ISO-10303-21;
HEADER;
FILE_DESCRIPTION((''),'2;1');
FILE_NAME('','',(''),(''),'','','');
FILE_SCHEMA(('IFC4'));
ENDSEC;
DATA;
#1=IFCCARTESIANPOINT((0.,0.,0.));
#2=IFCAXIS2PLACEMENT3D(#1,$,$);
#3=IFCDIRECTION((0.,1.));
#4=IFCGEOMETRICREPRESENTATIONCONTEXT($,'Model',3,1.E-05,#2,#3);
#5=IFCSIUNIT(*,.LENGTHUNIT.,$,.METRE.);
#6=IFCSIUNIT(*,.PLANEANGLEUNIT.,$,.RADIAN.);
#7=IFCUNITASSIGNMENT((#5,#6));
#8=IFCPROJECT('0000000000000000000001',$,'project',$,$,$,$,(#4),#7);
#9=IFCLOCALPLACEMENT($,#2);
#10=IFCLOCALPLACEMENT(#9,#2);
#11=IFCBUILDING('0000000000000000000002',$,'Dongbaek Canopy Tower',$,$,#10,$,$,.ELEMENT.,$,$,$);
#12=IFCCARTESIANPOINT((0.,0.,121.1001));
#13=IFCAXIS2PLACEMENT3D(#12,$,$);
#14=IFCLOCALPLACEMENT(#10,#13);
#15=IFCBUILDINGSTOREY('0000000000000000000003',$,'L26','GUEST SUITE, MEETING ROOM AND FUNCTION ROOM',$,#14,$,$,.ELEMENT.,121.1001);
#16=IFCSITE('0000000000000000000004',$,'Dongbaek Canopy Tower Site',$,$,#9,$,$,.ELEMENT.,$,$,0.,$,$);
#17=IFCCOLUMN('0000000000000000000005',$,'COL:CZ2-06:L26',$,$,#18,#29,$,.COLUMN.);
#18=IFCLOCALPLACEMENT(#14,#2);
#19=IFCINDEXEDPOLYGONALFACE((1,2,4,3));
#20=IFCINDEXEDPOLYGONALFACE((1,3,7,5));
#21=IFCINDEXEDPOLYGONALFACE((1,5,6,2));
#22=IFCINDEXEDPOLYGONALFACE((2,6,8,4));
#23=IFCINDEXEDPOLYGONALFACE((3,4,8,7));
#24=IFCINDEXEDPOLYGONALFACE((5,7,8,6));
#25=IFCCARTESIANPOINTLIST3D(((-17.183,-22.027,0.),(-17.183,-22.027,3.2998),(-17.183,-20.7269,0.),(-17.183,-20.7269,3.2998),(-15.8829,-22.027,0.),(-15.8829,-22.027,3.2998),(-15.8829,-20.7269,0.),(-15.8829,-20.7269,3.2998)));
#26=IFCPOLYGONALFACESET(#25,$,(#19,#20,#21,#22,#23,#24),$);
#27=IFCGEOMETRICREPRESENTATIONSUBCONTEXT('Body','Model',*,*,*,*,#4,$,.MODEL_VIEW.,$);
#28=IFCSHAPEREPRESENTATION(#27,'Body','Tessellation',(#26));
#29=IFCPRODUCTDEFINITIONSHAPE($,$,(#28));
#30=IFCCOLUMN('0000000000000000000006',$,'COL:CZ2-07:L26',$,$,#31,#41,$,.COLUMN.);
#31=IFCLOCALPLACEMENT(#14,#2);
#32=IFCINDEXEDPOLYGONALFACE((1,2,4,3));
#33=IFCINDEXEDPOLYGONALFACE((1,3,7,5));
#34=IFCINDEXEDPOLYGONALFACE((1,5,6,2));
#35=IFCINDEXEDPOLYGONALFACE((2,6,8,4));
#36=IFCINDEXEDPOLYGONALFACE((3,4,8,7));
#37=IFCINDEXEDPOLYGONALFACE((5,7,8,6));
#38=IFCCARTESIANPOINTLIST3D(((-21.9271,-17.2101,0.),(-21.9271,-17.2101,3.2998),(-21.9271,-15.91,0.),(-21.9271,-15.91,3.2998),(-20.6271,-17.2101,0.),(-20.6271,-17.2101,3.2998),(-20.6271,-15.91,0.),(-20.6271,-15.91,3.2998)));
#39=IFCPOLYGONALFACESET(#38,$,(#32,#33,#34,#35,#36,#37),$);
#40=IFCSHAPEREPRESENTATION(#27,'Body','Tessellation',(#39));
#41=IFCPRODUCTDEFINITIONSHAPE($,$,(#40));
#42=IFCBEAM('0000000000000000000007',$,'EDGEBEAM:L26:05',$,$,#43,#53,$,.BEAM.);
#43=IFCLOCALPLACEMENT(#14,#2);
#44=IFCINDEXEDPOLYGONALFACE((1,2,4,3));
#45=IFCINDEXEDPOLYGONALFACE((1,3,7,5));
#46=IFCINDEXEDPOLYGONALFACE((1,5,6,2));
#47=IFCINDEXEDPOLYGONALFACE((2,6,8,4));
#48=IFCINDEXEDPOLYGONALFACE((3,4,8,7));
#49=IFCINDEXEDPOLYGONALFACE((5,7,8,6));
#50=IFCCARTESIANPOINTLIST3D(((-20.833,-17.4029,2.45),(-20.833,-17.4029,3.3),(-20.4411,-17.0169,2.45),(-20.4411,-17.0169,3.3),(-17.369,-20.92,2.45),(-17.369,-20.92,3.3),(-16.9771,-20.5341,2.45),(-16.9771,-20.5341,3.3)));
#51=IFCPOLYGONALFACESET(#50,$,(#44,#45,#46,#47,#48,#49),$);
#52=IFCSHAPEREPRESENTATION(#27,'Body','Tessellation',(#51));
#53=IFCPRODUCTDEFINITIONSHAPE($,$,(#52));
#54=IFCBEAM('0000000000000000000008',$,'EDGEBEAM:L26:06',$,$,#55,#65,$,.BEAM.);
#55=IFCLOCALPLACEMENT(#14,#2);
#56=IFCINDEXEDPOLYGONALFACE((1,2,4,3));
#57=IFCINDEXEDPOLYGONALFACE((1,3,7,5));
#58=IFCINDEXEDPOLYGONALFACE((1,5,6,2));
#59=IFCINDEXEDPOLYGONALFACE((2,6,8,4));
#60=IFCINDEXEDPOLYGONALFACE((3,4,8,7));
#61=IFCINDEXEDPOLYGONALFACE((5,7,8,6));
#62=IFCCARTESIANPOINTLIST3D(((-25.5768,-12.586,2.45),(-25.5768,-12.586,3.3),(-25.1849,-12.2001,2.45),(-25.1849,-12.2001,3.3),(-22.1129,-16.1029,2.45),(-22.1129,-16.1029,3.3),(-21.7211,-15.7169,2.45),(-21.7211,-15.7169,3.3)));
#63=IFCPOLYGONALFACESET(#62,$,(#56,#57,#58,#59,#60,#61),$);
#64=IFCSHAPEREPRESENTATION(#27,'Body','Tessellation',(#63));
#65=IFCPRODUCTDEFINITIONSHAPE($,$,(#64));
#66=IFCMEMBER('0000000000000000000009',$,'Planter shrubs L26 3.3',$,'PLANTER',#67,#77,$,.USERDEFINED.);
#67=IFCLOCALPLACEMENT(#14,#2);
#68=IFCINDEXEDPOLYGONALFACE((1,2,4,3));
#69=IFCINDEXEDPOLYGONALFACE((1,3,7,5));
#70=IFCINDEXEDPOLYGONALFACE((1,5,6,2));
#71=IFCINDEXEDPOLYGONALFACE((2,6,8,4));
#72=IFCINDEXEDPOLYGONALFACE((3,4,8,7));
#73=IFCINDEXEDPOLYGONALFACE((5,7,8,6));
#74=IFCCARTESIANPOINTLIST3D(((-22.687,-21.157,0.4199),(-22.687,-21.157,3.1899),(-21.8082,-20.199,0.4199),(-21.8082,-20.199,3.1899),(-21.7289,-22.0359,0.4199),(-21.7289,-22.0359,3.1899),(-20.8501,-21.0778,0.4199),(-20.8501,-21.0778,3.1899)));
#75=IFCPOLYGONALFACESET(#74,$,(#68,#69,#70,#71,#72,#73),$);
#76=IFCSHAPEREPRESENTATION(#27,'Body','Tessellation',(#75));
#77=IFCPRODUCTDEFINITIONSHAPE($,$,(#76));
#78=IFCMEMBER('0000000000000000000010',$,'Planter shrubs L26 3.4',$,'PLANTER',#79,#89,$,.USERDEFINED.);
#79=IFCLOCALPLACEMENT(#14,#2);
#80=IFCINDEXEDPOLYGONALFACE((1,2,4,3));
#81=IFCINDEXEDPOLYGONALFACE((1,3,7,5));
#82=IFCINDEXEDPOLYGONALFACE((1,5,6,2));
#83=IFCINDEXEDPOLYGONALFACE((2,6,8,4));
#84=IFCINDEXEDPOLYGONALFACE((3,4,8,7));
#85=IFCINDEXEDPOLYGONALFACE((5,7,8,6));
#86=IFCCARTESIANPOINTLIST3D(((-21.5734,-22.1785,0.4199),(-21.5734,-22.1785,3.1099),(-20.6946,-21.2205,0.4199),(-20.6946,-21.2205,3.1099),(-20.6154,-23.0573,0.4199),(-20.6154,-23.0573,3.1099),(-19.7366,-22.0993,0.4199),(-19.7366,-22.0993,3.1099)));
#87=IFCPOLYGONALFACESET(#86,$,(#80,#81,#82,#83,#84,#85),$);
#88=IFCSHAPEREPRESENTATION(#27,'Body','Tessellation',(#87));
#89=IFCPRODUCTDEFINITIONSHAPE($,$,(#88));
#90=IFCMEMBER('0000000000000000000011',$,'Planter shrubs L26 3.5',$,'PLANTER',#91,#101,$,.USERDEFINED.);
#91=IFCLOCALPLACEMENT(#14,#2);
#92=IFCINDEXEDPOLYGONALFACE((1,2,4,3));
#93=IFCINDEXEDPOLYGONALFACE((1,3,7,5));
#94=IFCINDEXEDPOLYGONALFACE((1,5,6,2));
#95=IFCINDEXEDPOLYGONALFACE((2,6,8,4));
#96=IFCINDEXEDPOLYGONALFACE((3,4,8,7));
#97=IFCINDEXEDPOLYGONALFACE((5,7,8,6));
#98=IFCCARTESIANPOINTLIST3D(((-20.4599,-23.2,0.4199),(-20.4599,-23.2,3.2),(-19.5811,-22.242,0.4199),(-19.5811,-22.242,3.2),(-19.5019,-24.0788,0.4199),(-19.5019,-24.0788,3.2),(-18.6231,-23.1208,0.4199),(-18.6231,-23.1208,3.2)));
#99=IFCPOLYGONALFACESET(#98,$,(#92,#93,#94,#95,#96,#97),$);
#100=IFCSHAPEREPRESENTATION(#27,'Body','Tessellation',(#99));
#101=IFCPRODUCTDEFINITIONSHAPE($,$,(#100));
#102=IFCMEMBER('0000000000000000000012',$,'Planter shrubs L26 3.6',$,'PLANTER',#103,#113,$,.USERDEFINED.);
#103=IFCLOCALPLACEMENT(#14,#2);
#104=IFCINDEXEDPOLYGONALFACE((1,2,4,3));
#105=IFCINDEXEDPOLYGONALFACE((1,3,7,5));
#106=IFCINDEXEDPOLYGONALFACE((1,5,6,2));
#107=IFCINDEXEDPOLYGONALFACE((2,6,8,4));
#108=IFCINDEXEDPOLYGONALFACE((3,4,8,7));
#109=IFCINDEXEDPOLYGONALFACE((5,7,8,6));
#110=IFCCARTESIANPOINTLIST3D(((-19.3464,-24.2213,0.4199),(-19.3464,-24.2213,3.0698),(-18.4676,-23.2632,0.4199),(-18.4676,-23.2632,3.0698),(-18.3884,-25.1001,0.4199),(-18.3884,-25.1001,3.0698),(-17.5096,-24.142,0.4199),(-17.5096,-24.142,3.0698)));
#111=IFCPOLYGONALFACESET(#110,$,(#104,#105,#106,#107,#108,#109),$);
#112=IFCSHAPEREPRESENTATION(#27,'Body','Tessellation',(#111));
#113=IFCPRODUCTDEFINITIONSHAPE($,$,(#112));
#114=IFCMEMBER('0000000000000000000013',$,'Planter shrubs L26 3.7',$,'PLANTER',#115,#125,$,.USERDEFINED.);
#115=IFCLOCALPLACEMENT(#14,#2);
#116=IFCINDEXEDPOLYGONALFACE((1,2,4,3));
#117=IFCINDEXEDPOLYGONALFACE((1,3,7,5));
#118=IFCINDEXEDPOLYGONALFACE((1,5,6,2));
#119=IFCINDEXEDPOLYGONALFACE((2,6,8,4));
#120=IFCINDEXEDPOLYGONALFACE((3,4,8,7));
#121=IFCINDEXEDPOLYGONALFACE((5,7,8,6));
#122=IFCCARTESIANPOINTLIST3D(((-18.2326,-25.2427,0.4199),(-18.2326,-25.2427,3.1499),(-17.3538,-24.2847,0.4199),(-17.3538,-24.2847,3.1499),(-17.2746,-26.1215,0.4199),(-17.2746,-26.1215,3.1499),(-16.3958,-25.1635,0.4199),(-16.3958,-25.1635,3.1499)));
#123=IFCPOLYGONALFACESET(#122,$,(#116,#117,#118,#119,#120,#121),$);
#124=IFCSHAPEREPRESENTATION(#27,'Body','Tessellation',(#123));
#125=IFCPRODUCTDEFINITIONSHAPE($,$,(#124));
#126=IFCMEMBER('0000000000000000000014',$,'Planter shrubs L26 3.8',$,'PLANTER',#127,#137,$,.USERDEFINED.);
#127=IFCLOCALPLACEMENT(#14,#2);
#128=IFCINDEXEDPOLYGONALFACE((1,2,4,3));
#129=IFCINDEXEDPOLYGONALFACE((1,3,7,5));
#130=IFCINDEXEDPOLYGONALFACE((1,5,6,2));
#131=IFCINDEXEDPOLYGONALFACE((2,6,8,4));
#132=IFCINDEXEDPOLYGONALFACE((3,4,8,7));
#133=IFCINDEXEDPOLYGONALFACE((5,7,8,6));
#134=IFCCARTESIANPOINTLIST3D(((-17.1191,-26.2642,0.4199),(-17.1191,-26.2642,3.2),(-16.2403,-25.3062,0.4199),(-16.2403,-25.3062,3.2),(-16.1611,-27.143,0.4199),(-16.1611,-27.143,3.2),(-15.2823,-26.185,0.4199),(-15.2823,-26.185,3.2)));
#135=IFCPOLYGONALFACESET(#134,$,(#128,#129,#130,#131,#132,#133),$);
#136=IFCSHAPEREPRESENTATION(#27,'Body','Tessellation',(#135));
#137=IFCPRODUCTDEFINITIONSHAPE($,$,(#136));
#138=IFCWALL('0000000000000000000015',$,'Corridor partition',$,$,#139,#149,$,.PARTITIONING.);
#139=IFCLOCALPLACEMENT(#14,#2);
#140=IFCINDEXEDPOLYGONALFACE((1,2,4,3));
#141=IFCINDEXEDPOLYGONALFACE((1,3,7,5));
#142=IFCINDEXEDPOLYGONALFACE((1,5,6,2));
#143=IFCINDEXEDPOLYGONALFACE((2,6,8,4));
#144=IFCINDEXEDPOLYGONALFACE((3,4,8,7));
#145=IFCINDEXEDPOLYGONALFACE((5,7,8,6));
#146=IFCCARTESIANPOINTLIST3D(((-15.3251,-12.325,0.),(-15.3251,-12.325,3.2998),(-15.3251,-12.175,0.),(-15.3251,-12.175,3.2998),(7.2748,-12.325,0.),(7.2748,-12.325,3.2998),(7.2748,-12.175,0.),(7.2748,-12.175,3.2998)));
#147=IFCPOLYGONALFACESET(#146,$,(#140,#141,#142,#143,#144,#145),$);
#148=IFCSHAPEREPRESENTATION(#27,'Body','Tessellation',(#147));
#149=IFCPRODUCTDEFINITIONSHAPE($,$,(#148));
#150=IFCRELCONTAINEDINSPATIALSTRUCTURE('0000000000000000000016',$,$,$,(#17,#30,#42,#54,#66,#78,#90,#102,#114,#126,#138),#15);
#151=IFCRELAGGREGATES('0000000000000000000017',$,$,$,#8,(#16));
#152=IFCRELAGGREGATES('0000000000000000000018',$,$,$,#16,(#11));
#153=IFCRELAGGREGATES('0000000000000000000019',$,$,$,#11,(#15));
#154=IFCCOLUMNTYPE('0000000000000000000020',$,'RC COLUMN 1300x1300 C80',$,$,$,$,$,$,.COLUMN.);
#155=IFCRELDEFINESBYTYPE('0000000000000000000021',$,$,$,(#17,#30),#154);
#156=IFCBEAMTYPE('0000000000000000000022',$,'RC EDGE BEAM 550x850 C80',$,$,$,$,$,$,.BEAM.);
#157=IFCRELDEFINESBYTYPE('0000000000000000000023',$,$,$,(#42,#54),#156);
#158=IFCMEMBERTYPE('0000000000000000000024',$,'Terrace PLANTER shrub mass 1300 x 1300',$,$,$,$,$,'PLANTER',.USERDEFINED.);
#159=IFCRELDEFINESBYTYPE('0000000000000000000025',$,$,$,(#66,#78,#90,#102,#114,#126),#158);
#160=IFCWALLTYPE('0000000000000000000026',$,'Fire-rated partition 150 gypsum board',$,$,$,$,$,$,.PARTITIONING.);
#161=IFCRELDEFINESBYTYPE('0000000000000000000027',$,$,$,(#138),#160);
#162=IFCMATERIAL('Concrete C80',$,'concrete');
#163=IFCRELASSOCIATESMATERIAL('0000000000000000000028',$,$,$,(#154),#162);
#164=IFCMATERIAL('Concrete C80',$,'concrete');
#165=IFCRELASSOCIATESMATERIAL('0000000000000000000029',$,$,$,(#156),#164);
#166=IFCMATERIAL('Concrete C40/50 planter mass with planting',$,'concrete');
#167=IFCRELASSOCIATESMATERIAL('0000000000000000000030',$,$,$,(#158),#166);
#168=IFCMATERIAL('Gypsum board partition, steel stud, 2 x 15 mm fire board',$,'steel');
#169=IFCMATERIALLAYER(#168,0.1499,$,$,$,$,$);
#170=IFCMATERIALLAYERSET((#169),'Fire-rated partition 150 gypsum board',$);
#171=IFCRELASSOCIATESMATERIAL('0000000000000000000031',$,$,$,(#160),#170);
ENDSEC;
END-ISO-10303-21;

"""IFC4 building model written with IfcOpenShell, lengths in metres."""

from ifc_helpers import new_model, si_unit, direction, frame, frame_2d, origin, origin_2d, place, context, subcontext, project, spatial, rectangle, extrude, material, layer, layer_set, material_profile, profile_set, type_object, element, save


model = new_model("IFC4")

# Units and contexts
model_context = context("Model", 3, precision=1e-05, world=origin(), true_north=direction((0.0, 1.0)))
body_context = subcontext(model_context, "Body", "Model", "MODEL_VIEW")
ifc_project = project(units=[si_unit("LENGTHUNIT", "METRE"), si_unit("PLANEANGLEUNIT", "RADIAN")], contexts=[model_context])

# Site, building, storey
site_placement = place(None, origin())
site = spatial("IfcSite", under=ifc_project, at=site_placement, Name="Dongbaek Canopy Tower Site", CompositionType="ELEMENT", RefElevation=0.0)
building_placement = place(site_placement, origin())
building = spatial("IfcBuilding", under=site, at=building_placement, Name="Dongbaek Canopy Tower", CompositionType="ELEMENT")
storey_placement = place(building_placement, frame((0.0, 0.0, 121.1001)))
storey = spatial("IfcBuildingStorey", under=building, at=storey_placement, Name="L26", Description="GUEST SUITE, MEETING ROOM AND FUNCTION ROOM", CompositionType="ELEMENT", Elevation=121.1001)

# Columns
ifc_material_1 = material(Name="Concrete C80", Category="concrete")
ifc_material_profile_1 = material_profile(ifc_material_1, rectangle(XDim=1.3, YDim=1.3, at=origin_2d()), Name="RC COLUMN 1300x1300 C80")
ifc_profile_set_1 = profile_set([ifc_material_profile_1], Name="Concrete C80")
column_type = type_object("IfcColumnType", Name="RC COLUMN 1300x1300 C80", PredefinedType="COLUMN", material=ifc_profile_set_1)
for number, where, z_axis, x_axis, name in (
    (1, (-16.533, -21.377, 0.0), (0.0, 0.0, 1.0), (1.0, 0.0, 0.0), "COL:CZ2-06:L26"),
    (2, (-21.2771, -16.5601, 0.0), (0.0, 0.0, 1.0), (1.0, 0.0, 0.0), "COL:CZ2-07:L26"),
):
    element("IfcColumn", number, at=place(storey_placement, frame(where, z_axis=z_axis, x_axis=x_axis)), inside=storey, type_object=column_type, Name=name, PredefinedType="COLUMN", context=body_context, shape_type="SweptSolid", body=[
        extrude(rectangle(XDim=1.3, YDim=1.3, at=origin_2d()), origin(), (0.0, 0.0, 1.0), 3.2998),
    ])

# Beams
ifc_material_2 = material(Name="Concrete C80", Category="concrete")
ifc_material_profile_2 = material_profile(ifc_material_2, rectangle(XDim=0.55, YDim=0.8501, at=origin_2d()), Name="RC EDGE BEAM 550x850 C80")
ifc_profile_set_2 = profile_set([ifc_material_profile_2], Name="Concrete C80")
beam_type = type_object("IfcBeamType", Name="RC EDGE BEAM 550x850 C80", PredefinedType="BEAM", material=ifc_profile_set_2)
beam_1_placement = place(storey_placement, frame((-17.1731, -20.7271, 2.875), z_axis=(-0.701695, 0.712477, 0.0), x_axis=(-0.712477, -0.701695, 0.0)))
element("IfcBeam", 3, at=beam_1_placement, inside=storey, type_object=beam_type, Name="EDGEBEAM:L26:05", PredefinedType="BEAM", context=body_context, shape_type="SweptSolid", body=[
    extrude(rectangle(XDim=0.55, YDim=0.8501, at=origin_2d()), origin(), (0.0, 0.0, 1.0), 4.9365),
])
beam_2_placement = place(storey_placement, frame((-21.917, -15.9099, 2.875), z_axis=(-0.70172, 0.712453, 0.0), x_axis=(-0.712453, -0.70172, 0.0)))
element("IfcBeam", 4, at=beam_2_placement, inside=storey, type_object=beam_type, Name="EDGEBEAM:L26:06", PredefinedType="BEAM", context=body_context, shape_type="SweptSolid", body=[
    extrude(rectangle(XDim=0.55, YDim=0.8501, at=origin_2d()), origin(), (0.0, 0.0, 1.0), 4.9363),
])

# Members
ifc_material_3 = material(Name="Concrete C40/50 planter mass with planting", Category="concrete")
ifc_material_profile_3 = material_profile(ifc_material_3, rectangle(XDim=1.3, YDim=1.3, at=origin_2d()), Name="Terrace PLANTER shrub mass 1300 x 1300")
ifc_profile_set_3 = profile_set([ifc_material_profile_3], Name="Concrete C40/50 planter mass with planting")
member_type = type_object("IfcMemberType", Name="Terrace PLANTER shrub mass 1300 x 1300", ElementType="PLANTER", PredefinedType="USERDEFINED", material=ifc_profile_set_3)
member_1_placement = place(storey_placement, frame((-21.7686, -21.1174, 0.4199), z_axis=(0.0, 0.0, 1.0), x_axis=(-0.67598, -0.73692, 0.0)))
element("IfcMember", 5, at=member_1_placement, inside=storey, type_object=member_type, Name="Planter shrubs L26 3.3", ObjectType="PLANTER", PredefinedType="USERDEFINED", context=body_context, shape_type="SweptSolid", body=[
    extrude(rectangle(XDim=1.3, YDim=1.3, at=origin_2d()), origin(), (0.0, 0.0, 1.0), 2.77),
])
member_2_placement = place(storey_placement, frame((-20.655, -22.1389, 0.4199), z_axis=(0.0, 0.0, 1.0), x_axis=(-0.67598, -0.73692, 0.0)))
element("IfcMember", 6, at=member_2_placement, inside=storey, type_object=member_type, Name="Planter shrubs L26 3.4", ObjectType="PLANTER", PredefinedType="USERDEFINED", context=body_context, shape_type="SweptSolid", body=[
    extrude(rectangle(XDim=1.3, YDim=1.3, at=origin_2d()), origin(), (0.0, 0.0, 1.0), 2.6899),
])
member_3_placement = place(storey_placement, frame((-19.5415, -23.1604, 0.4199), z_axis=(0.0, 0.0, 1.0), x_axis=(-0.67598, -0.73692, 0.0)))
element("IfcMember", 7, at=member_3_placement, inside=storey, type_object=member_type, Name="Planter shrubs L26 3.5", ObjectType="PLANTER", PredefinedType="USERDEFINED", context=body_context, shape_type="SweptSolid", body=[
    extrude(rectangle(XDim=1.3, YDim=1.3, at=origin_2d()), origin(), (0.0, 0.0, 1.0), 2.78),
])
member_4_placement = place(storey_placement, frame((-18.428, -24.1816, 0.4199), z_axis=(0.0, 0.0, 1.0), x_axis=(-0.67598, -0.73692, 0.0)))
element("IfcMember", 8, at=member_4_placement, inside=storey, type_object=member_type, Name="Planter shrubs L26 3.6", ObjectType="PLANTER", PredefinedType="USERDEFINED", context=body_context, shape_type="SweptSolid", body=[
    extrude(rectangle(XDim=1.3, YDim=1.3, at=origin_2d()), origin(), (0.0, 0.0, 1.0), 2.6499),
])
member_5_placement = place(storey_placement, frame((-17.3142, -25.2031, 0.4199), z_axis=(0.0, 0.0, 1.0), x_axis=(-0.67598, -0.73692, 0.0)))
element("IfcMember", 9, at=member_5_placement, inside=storey, type_object=member_type, Name="Planter shrubs L26 3.7", ObjectType="PLANTER", PredefinedType="USERDEFINED", context=body_context, shape_type="SweptSolid", body=[
    extrude(rectangle(XDim=1.3, YDim=1.3, at=origin_2d()), origin(), (0.0, 0.0, 1.0), 2.73),
])
member_6_placement = place(storey_placement, frame((-16.2007, -26.2246, 0.4199), z_axis=(0.0, 0.0, 1.0), x_axis=(-0.67598, -0.73692, 0.0)))
element("IfcMember", 10, at=member_6_placement, inside=storey, type_object=member_type, Name="Planter shrubs L26 3.8", ObjectType="PLANTER", PredefinedType="USERDEFINED", context=body_context, shape_type="SweptSolid", body=[
    extrude(rectangle(XDim=1.3, YDim=1.3, at=origin_2d()), origin(), (0.0, 0.0, 1.0), 2.78),
])

# Wall
ifc_material_4 = material(Name="Gypsum board partition, steel stud, 2 x 15 mm fire board", Category="steel")
ifc_layer_1 = layer(ifc_material_4, 0.1499)
ifc_layer_set_1 = layer_set([ifc_layer_1], Name="Fire-rated partition 150 gypsum board")
wall_type_1 = type_object("IfcWallType", Name="Fire-rated partition 150 gypsum board", PredefinedType="PARTITIONING", material=ifc_layer_set_1)
wall_1_placement = place(storey_placement, frame((-15.325, -12.25, 0.0), z_axis=(0.0, 0.0, 1.0), x_axis=(1.0, 0.0, 0.0)))
element("IfcWall", 11, at=wall_1_placement, inside=storey, type_object=wall_type_1, Name="Corridor partition", PredefinedType="PARTITIONING", context=body_context, shape_type="SweptSolid", body=[
    extrude(rectangle(XDim=22.5999, YDim=0.1499, at=frame_2d((11.2998, 0.0))), origin(), (0.0, 0.0, 1.0), 3.2998),
])

save(model, "model.ifc")
